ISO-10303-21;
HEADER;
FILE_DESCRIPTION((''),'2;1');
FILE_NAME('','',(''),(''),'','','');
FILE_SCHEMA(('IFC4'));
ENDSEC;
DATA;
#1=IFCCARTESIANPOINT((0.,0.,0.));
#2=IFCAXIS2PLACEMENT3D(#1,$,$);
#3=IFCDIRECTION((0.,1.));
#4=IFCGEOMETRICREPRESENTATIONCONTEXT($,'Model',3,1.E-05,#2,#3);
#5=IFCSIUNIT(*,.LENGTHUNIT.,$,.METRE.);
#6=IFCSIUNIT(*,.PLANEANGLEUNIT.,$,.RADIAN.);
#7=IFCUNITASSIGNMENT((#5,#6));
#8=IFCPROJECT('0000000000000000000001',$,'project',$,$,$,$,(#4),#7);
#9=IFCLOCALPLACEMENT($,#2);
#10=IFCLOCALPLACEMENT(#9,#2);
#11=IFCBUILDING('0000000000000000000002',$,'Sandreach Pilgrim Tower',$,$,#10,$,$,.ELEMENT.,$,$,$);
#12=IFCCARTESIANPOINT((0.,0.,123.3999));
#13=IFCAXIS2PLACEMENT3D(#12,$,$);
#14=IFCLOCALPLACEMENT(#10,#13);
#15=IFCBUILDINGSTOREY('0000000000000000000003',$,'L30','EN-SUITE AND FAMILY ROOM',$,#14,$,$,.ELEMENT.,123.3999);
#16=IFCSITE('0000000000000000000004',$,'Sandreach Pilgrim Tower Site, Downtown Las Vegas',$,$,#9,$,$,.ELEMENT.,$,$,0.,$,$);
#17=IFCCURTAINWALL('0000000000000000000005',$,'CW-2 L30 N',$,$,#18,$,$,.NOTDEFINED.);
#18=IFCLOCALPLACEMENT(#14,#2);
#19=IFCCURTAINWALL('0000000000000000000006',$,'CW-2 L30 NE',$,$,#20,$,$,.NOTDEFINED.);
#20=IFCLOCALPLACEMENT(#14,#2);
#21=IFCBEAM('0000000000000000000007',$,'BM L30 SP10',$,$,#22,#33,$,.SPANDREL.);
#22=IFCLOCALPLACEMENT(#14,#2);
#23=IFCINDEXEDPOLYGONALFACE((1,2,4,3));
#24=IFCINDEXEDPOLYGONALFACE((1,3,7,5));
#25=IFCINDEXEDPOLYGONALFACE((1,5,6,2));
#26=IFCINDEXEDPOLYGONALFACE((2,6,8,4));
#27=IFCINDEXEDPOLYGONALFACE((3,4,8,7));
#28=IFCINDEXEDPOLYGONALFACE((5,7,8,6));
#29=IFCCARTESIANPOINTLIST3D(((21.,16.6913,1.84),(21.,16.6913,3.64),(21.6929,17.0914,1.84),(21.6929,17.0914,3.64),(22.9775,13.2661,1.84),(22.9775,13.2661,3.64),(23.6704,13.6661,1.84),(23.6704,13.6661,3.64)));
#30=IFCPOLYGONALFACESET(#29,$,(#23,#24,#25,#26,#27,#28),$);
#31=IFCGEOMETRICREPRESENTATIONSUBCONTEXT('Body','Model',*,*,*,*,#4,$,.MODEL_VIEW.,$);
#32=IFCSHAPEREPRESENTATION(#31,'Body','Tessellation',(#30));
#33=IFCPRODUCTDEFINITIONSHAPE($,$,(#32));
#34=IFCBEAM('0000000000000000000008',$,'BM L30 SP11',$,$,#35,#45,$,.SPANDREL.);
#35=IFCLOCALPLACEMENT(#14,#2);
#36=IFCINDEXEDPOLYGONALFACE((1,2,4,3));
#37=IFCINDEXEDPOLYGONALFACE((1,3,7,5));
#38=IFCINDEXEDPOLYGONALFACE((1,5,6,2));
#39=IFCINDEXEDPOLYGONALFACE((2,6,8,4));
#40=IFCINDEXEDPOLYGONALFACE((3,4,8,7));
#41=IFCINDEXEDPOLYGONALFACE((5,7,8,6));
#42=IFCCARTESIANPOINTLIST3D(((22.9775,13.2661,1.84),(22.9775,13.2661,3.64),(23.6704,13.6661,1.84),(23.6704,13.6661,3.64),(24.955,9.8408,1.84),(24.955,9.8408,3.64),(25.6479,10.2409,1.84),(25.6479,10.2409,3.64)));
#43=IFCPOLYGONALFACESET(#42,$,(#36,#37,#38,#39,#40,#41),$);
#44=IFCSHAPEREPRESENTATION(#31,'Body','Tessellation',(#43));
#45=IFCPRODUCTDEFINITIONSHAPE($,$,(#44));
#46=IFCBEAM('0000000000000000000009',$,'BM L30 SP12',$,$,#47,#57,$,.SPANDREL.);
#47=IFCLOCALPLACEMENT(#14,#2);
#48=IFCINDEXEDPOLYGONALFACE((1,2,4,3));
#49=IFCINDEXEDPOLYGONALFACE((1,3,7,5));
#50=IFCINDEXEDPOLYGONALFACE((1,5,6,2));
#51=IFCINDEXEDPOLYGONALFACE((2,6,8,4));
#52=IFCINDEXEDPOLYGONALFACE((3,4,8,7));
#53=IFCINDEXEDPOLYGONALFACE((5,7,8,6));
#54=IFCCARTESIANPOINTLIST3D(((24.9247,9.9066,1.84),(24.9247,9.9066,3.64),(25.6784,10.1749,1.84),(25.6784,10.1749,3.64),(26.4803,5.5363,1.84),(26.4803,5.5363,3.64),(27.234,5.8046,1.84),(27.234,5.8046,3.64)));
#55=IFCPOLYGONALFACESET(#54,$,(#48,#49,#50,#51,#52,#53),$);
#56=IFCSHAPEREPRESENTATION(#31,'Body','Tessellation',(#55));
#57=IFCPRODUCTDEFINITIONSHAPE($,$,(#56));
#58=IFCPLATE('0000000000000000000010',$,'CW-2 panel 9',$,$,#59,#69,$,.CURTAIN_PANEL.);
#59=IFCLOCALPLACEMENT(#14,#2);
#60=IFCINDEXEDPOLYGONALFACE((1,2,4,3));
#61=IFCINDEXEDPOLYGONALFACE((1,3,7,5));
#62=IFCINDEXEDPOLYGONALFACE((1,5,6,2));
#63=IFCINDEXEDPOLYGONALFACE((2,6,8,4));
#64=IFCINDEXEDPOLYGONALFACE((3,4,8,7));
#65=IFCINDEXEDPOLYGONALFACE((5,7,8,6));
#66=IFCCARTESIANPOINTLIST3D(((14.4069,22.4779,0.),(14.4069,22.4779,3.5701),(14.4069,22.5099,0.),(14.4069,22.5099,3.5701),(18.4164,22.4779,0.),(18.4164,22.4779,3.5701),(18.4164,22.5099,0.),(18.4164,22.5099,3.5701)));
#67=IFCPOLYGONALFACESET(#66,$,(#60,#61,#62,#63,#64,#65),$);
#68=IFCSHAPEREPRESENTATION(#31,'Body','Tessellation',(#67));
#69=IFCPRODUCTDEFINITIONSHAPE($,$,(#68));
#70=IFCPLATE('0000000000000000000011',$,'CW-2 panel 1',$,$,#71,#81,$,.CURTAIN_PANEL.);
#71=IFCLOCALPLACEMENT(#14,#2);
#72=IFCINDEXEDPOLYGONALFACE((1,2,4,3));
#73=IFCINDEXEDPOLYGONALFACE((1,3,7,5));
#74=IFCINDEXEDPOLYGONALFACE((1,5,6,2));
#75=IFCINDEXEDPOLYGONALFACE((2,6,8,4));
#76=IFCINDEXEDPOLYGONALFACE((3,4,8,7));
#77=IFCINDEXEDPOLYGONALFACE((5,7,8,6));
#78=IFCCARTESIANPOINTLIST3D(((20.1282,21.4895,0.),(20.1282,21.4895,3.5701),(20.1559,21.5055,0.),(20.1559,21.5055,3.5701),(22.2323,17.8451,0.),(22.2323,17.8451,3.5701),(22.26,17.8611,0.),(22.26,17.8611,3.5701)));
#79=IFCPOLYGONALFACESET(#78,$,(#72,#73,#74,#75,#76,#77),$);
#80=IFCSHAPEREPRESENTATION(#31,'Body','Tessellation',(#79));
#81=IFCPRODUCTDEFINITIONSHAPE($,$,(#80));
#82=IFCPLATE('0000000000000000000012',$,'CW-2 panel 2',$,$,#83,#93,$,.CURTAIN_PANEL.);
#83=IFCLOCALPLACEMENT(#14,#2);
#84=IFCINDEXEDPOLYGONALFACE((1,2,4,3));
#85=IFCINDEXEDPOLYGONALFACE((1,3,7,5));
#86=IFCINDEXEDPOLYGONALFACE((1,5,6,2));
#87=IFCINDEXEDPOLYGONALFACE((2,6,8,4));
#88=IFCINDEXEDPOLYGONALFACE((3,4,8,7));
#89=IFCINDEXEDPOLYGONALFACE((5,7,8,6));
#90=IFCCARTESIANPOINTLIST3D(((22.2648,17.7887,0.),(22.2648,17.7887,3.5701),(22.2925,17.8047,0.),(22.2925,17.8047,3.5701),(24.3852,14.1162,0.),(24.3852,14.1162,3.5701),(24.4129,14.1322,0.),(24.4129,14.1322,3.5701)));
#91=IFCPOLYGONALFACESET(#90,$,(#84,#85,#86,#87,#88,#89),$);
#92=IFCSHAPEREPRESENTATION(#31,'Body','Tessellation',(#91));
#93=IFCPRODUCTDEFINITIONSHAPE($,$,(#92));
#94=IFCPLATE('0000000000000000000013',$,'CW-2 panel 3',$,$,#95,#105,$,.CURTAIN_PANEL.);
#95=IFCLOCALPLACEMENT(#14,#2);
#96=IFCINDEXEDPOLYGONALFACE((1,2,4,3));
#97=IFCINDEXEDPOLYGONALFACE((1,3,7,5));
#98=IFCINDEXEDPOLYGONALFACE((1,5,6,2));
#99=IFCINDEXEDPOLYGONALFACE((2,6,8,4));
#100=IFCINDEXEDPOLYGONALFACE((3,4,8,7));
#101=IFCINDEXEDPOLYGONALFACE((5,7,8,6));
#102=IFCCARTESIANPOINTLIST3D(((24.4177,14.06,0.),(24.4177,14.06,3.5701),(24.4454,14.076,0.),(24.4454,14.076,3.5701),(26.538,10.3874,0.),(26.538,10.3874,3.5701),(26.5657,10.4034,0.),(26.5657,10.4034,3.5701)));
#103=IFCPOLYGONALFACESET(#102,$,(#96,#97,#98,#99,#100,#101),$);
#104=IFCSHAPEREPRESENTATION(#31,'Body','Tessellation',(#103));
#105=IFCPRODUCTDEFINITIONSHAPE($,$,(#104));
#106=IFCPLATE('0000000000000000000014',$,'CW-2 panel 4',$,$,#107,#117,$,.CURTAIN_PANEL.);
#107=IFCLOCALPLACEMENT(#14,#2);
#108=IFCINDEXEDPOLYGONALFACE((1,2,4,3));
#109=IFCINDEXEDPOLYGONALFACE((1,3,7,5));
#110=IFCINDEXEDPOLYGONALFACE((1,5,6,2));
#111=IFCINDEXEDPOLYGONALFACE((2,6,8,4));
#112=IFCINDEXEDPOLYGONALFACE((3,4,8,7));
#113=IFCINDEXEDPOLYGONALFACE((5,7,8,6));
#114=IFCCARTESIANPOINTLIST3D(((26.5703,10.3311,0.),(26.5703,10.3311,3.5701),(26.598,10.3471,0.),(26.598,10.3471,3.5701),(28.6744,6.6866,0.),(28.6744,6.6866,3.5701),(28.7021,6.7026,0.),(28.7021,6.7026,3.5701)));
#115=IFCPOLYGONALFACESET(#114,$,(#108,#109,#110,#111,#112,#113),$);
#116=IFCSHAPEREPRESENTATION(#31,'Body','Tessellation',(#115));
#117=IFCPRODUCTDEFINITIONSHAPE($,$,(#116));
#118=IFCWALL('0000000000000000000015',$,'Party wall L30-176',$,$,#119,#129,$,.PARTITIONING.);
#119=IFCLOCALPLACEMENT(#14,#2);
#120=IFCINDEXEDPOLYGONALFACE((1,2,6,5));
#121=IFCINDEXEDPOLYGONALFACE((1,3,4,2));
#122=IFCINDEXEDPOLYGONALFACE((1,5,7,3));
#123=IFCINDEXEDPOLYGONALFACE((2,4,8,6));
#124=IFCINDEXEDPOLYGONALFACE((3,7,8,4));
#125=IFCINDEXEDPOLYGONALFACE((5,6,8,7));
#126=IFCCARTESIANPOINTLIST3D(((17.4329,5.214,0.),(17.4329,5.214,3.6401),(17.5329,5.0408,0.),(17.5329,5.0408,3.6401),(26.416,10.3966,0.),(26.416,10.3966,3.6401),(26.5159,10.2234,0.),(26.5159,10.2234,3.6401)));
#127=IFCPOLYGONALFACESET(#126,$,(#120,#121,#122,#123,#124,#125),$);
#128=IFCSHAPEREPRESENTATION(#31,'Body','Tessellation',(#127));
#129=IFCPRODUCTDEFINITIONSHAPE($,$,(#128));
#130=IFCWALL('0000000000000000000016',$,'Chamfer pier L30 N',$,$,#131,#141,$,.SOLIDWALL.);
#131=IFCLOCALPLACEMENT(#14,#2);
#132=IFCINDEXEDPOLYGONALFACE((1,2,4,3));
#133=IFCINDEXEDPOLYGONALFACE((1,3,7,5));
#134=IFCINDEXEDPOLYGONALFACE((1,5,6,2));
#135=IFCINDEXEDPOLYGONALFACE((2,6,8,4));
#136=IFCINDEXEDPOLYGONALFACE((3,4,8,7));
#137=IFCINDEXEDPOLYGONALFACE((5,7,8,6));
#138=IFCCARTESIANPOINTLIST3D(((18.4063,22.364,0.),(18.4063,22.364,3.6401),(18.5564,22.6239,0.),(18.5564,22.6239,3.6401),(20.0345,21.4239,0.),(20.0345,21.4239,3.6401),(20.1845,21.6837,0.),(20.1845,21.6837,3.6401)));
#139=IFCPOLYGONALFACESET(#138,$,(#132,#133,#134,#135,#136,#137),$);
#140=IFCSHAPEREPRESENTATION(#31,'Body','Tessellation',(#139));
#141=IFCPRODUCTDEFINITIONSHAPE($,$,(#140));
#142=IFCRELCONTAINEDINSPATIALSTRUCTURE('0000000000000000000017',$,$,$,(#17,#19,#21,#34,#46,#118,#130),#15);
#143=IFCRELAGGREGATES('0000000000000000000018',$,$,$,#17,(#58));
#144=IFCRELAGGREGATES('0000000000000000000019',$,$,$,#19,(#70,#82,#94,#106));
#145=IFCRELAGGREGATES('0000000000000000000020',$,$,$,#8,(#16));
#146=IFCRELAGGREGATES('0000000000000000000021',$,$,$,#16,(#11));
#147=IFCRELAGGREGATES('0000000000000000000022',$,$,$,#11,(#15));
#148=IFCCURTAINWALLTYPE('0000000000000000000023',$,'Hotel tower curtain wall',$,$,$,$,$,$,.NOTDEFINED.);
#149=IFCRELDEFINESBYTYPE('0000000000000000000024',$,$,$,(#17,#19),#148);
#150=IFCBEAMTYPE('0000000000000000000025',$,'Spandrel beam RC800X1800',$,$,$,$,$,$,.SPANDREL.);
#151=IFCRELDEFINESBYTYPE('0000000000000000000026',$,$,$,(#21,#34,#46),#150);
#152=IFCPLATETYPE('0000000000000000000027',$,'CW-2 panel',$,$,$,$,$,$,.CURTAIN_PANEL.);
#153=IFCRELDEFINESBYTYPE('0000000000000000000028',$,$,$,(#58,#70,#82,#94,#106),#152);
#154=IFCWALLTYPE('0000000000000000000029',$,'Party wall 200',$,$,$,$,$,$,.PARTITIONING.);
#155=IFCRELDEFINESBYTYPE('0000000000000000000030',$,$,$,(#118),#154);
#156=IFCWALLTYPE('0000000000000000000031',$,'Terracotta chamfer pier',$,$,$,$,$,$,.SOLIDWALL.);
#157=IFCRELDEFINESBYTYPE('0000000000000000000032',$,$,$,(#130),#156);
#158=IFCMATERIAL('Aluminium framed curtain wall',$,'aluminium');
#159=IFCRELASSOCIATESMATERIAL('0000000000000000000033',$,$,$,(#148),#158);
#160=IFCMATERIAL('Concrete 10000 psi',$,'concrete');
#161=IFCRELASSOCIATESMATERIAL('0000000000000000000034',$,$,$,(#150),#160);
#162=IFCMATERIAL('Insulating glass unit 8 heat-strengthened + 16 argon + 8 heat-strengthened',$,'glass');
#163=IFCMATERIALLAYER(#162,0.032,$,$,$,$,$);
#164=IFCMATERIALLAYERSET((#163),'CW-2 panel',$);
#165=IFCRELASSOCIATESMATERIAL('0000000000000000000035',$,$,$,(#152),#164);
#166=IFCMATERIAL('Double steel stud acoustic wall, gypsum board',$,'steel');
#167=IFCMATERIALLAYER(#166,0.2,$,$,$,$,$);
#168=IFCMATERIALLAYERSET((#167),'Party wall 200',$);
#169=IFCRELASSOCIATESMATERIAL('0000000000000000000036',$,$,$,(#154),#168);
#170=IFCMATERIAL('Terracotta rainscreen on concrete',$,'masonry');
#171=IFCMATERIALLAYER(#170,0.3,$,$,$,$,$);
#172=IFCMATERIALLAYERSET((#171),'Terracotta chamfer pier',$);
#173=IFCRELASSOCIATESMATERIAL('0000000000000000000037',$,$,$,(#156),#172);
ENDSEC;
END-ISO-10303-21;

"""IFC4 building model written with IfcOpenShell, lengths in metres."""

from ifc_helpers import new_model, si_unit, direction, frame, frame_2d, origin, origin_2d, place, context, subcontext, project, spatial, rectangle, extrude, material, layer, layer_set, material_profile, profile_set, type_object, element, aggregate, save


model = new_model("IFC4")

# Units and contexts
model_context = context("Model", 3, precision=1e-05, world=origin(), true_north=direction((0.0, 1.0)))
body_context = subcontext(model_context, "Body", "Model", "MODEL_VIEW")
ifc_project = project(units=[si_unit("LENGTHUNIT", "METRE"), si_unit("PLANEANGLEUNIT", "RADIAN")], contexts=[model_context])

# Site, building, storey
site_placement = place(None, origin())
site = spatial("IfcSite", under=ifc_project, at=site_placement, Name="Sandreach Pilgrim Tower Site, Downtown Las Vegas", CompositionType="ELEMENT", RefElevation=0.0)
building_placement = place(site_placement, origin())
building = spatial("IfcBuilding", under=site, at=building_placement, Name="Sandreach Pilgrim Tower", CompositionType="ELEMENT")
storey_placement = place(building_placement, frame((0.0, 0.0, 123.3999)))
storey = spatial("IfcBuildingStorey", under=building, at=storey_placement, Name="L30", Description="EN-SUITE AND FAMILY ROOM", CompositionType="ELEMENT", Elevation=123.3999)

# Curtain wall
ifc_material_1 = material(Name="Aluminium framed curtain wall", Category="aluminium")
curtain_wall_type = type_object("IfcCurtainWallType", Name="Hotel tower curtain wall", PredefinedType="NOTDEFINED", material=ifc_material_1)
curtain_wall_1_placement = place(storey_placement, origin())
curtain_wall_1 = element("IfcCurtainWall", 1, at=curtain_wall_1_placement, inside=storey, type_object=curtain_wall_type, Name="CW-2 L30 N", PredefinedType="NOTDEFINED")

# Curtain wall
curtain_wall_2_placement = place(storey_placement, origin())
curtain_wall_2 = element("IfcCurtainWall", 2, at=curtain_wall_2_placement, inside=storey, type_object=curtain_wall_type, Name="CW-2 L30 NE", PredefinedType="NOTDEFINED")

# Beams
ifc_material_2 = material(Name="Concrete 10000 psi", Category="concrete")
ifc_material_profile_1 = material_profile(ifc_material_2, rectangle(XDim=0.8, YDim=1.8, at=origin_2d()), Name="RC800X1800")
ifc_profile_set_1 = profile_set([ifc_material_profile_1], Name="Concrete 10000 psi")
beam_type_1 = type_object("IfcBeamType", Name="Spandrel beam RC800X1800", PredefinedType="SPANDREL", material=ifc_profile_set_1)
for number, where, z_axis, x_axis, name in (
    (3, (21.3464, 16.8914, 2.74), (0.49999, -0.866031, 0.0), (0.866031, 0.49999, 0.0), "BM L30 SP10"),
    (4, (23.324, 13.4661, 2.74), (0.49999, -0.866031, 0.0), (0.866031, 0.49999, 0.0), "BM L30 SP11"),
):
    element("IfcBeam", number, at=place(storey_placement, frame(where, z_axis=z_axis, x_axis=x_axis)), inside=storey, type_object=beam_type_1, Name=name, PredefinedType="SPANDREL", context=body_context, shape_type="SweptSolid", body=[
        extrude(rectangle(XDim=0.8, YDim=1.8, at=origin_2d()), origin(), (0.0, 0.0, 1.0), 3.9551),
    ])
beam_1_placement = place(storey_placement, frame((25.3015, 10.0408, 2.74), z_axis=(0.335346, -0.942095, 0.0), x_axis=(0.942095, 0.335346, 0.0)))
element("IfcBeam", 5, at=beam_1_placement, inside=storey, type_object=beam_type_1, Name="BM L30 SP12", PredefinedType="SPANDREL", context=body_context, shape_type="SweptSolid", body=[
    extrude(rectangle(XDim=0.8, YDim=1.8, at=origin_2d()), origin(), (0.0, 0.0, 1.0), 4.6389),
])

# Plates
ifc_material_3 = material(Name="Insulating glass unit 8 heat-strengthened + 16 argon + 8 heat-strengthened", Category="glass")
ifc_layer_1 = layer(ifc_material_3, 0.032)
ifc_layer_set_1 = layer_set([ifc_layer_1], Name="CW-2 panel")
plate_type = type_object("IfcPlateType", Name="CW-2 panel", PredefinedType="CURTAIN_PANEL", material=ifc_layer_set_1)
plate_1_placement = place(storey_placement, frame((16.4116, 22.4939, 0.0), z_axis=(0.0, 0.0, 1.0), x_axis=(1.0, 0.0, 0.0)))
plate_1 = element("IfcPlate", 6, at=plate_1_placement, type_object=plate_type, Name="CW-2 panel 9", PredefinedType="CURTAIN_PANEL", context=body_context, shape_type="SweptSolid", body=[
    extrude(rectangle(XDim=4.0095, YDim=0.032, at=origin_2d()), origin(), (0.0, 0.0, 1.0), 3.5701),
])
aggregate(curtain_wall_1, [plate_1])
plate_2_placement = place(storey_placement, frame((21.1941, 19.6753, 0.0), z_axis=(0.0, 0.0, 1.0), x_axis=(0.5, -0.866025, 0.0)))
plate_2 = element("IfcPlate", 7, at=plate_2_placement, type_object=plate_type, Name="CW-2 panel 1", PredefinedType="CURTAIN_PANEL", context=body_context, shape_type="SweptSolid", body=[
    extrude(rectangle(XDim=4.2083, YDim=0.032, at=origin_2d()), origin(), (0.0, 0.0, 1.0), 3.5701),
])
plate_3_placement = place(storey_placement, frame((23.3389, 15.9604, 0.0), z_axis=(0.0, 0.0, 1.0), x_axis=(0.5, -0.866025, 0.0)))
plate_3 = element("IfcPlate", 8, at=plate_3_placement, type_object=plate_type, Name="CW-2 panel 2", PredefinedType="CURTAIN_PANEL", context=body_context, shape_type="SweptSolid", body=[
    extrude(rectangle(XDim=4.2407, YDim=0.032, at=origin_2d()), origin(), (0.0, 0.0, 1.0), 3.5701),
])
plate_4_placement = place(storey_placement, frame((25.4917, 12.2317, 0.0), z_axis=(0.0, 0.0, 1.0), x_axis=(0.5, -0.866025, 0.0)))
plate_4 = element("IfcPlate", 9, at=plate_4_placement, type_object=plate_type, Name="CW-2 panel 3", PredefinedType="CURTAIN_PANEL", context=body_context, shape_type="SweptSolid", body=[
    extrude(rectangle(XDim=4.2407, YDim=0.032, at=origin_2d()), origin(), (0.0, 0.0, 1.0), 3.5701),
])
plate_5_placement = place(storey_placement, frame((27.6362, 8.5168, 0.0), z_axis=(0.0, 0.0, 1.0), x_axis=(0.5, -0.866025, 0.0)))
plate_5 = element("IfcPlate", 10, at=plate_5_placement, type_object=plate_type, Name="CW-2 panel 4", PredefinedType="CURTAIN_PANEL", context=body_context, shape_type="SweptSolid", body=[
    extrude(rectangle(XDim=4.2083, YDim=0.032, at=origin_2d()), origin(), (0.0, 0.0, 1.0), 3.5701),
])
aggregate(curtain_wall_2, [plate_2, plate_3, plate_4, plate_5])

# Walls
ifc_material_4 = material(Name="Double steel stud acoustic wall, gypsum board", Category="steel")
ifc_layer_2 = layer(ifc_material_4, 0.2)
ifc_layer_set_2 = layer_set([ifc_layer_2], Name="Party wall 200")
wall_type_1 = type_object("IfcWallType", Name="Party wall 200", PredefinedType="PARTITIONING", material=ifc_layer_set_2)
wall_1_placement = place(storey_placement, frame((26.4661, 10.3101, 0.0), z_axis=(0.0, 0.0, 1.0), x_axis=(-0.866184, -0.499724, 0.0)))
element("IfcWall", 11, at=wall_1_placement, inside=storey, type_object=wall_type_1, Name="Party wall L30-176", PredefinedType="PARTITIONING", context=body_context, shape_type="SweptSolid", body=[
    extrude(rectangle(XDim=10.3708, YDim=0.2, at=frame_2d((5.1855, 0.0))), origin(), (0.0, 0.0, 1.0), 3.6401),
])
ifc_material_5 = material(Name="Terracotta rainscreen on concrete", Category="masonry")
ifc_layer_3 = layer(ifc_material_5, 0.3)
ifc_layer_set_3 = layer_set([ifc_layer_3], Name="Terracotta chamfer pier")
wall_type_2 = type_object("IfcWallType", Name="Terracotta chamfer pier", PredefinedType="SOLIDWALL", material=ifc_layer_set_3)
wall_2_placement = place(storey_placement, frame((18.4814, 22.4939, 0.0), z_axis=(0.0, 0.0, 1.0), x_axis=(0.865989, -0.500063, 0.0)))
element("IfcWall", 12, at=wall_2_placement, inside=storey, type_object=wall_type_2, Name="Chamfer pier L30 N", PredefinedType="SOLIDWALL", context=body_context, shape_type="SweptSolid", body=[
    extrude(rectangle(XDim=1.8801, YDim=0.3, at=frame_2d((0.9399, 0.0))), origin(), (0.0, 0.0, 1.0), 3.6401),
])

save(model, "model.ifc")
